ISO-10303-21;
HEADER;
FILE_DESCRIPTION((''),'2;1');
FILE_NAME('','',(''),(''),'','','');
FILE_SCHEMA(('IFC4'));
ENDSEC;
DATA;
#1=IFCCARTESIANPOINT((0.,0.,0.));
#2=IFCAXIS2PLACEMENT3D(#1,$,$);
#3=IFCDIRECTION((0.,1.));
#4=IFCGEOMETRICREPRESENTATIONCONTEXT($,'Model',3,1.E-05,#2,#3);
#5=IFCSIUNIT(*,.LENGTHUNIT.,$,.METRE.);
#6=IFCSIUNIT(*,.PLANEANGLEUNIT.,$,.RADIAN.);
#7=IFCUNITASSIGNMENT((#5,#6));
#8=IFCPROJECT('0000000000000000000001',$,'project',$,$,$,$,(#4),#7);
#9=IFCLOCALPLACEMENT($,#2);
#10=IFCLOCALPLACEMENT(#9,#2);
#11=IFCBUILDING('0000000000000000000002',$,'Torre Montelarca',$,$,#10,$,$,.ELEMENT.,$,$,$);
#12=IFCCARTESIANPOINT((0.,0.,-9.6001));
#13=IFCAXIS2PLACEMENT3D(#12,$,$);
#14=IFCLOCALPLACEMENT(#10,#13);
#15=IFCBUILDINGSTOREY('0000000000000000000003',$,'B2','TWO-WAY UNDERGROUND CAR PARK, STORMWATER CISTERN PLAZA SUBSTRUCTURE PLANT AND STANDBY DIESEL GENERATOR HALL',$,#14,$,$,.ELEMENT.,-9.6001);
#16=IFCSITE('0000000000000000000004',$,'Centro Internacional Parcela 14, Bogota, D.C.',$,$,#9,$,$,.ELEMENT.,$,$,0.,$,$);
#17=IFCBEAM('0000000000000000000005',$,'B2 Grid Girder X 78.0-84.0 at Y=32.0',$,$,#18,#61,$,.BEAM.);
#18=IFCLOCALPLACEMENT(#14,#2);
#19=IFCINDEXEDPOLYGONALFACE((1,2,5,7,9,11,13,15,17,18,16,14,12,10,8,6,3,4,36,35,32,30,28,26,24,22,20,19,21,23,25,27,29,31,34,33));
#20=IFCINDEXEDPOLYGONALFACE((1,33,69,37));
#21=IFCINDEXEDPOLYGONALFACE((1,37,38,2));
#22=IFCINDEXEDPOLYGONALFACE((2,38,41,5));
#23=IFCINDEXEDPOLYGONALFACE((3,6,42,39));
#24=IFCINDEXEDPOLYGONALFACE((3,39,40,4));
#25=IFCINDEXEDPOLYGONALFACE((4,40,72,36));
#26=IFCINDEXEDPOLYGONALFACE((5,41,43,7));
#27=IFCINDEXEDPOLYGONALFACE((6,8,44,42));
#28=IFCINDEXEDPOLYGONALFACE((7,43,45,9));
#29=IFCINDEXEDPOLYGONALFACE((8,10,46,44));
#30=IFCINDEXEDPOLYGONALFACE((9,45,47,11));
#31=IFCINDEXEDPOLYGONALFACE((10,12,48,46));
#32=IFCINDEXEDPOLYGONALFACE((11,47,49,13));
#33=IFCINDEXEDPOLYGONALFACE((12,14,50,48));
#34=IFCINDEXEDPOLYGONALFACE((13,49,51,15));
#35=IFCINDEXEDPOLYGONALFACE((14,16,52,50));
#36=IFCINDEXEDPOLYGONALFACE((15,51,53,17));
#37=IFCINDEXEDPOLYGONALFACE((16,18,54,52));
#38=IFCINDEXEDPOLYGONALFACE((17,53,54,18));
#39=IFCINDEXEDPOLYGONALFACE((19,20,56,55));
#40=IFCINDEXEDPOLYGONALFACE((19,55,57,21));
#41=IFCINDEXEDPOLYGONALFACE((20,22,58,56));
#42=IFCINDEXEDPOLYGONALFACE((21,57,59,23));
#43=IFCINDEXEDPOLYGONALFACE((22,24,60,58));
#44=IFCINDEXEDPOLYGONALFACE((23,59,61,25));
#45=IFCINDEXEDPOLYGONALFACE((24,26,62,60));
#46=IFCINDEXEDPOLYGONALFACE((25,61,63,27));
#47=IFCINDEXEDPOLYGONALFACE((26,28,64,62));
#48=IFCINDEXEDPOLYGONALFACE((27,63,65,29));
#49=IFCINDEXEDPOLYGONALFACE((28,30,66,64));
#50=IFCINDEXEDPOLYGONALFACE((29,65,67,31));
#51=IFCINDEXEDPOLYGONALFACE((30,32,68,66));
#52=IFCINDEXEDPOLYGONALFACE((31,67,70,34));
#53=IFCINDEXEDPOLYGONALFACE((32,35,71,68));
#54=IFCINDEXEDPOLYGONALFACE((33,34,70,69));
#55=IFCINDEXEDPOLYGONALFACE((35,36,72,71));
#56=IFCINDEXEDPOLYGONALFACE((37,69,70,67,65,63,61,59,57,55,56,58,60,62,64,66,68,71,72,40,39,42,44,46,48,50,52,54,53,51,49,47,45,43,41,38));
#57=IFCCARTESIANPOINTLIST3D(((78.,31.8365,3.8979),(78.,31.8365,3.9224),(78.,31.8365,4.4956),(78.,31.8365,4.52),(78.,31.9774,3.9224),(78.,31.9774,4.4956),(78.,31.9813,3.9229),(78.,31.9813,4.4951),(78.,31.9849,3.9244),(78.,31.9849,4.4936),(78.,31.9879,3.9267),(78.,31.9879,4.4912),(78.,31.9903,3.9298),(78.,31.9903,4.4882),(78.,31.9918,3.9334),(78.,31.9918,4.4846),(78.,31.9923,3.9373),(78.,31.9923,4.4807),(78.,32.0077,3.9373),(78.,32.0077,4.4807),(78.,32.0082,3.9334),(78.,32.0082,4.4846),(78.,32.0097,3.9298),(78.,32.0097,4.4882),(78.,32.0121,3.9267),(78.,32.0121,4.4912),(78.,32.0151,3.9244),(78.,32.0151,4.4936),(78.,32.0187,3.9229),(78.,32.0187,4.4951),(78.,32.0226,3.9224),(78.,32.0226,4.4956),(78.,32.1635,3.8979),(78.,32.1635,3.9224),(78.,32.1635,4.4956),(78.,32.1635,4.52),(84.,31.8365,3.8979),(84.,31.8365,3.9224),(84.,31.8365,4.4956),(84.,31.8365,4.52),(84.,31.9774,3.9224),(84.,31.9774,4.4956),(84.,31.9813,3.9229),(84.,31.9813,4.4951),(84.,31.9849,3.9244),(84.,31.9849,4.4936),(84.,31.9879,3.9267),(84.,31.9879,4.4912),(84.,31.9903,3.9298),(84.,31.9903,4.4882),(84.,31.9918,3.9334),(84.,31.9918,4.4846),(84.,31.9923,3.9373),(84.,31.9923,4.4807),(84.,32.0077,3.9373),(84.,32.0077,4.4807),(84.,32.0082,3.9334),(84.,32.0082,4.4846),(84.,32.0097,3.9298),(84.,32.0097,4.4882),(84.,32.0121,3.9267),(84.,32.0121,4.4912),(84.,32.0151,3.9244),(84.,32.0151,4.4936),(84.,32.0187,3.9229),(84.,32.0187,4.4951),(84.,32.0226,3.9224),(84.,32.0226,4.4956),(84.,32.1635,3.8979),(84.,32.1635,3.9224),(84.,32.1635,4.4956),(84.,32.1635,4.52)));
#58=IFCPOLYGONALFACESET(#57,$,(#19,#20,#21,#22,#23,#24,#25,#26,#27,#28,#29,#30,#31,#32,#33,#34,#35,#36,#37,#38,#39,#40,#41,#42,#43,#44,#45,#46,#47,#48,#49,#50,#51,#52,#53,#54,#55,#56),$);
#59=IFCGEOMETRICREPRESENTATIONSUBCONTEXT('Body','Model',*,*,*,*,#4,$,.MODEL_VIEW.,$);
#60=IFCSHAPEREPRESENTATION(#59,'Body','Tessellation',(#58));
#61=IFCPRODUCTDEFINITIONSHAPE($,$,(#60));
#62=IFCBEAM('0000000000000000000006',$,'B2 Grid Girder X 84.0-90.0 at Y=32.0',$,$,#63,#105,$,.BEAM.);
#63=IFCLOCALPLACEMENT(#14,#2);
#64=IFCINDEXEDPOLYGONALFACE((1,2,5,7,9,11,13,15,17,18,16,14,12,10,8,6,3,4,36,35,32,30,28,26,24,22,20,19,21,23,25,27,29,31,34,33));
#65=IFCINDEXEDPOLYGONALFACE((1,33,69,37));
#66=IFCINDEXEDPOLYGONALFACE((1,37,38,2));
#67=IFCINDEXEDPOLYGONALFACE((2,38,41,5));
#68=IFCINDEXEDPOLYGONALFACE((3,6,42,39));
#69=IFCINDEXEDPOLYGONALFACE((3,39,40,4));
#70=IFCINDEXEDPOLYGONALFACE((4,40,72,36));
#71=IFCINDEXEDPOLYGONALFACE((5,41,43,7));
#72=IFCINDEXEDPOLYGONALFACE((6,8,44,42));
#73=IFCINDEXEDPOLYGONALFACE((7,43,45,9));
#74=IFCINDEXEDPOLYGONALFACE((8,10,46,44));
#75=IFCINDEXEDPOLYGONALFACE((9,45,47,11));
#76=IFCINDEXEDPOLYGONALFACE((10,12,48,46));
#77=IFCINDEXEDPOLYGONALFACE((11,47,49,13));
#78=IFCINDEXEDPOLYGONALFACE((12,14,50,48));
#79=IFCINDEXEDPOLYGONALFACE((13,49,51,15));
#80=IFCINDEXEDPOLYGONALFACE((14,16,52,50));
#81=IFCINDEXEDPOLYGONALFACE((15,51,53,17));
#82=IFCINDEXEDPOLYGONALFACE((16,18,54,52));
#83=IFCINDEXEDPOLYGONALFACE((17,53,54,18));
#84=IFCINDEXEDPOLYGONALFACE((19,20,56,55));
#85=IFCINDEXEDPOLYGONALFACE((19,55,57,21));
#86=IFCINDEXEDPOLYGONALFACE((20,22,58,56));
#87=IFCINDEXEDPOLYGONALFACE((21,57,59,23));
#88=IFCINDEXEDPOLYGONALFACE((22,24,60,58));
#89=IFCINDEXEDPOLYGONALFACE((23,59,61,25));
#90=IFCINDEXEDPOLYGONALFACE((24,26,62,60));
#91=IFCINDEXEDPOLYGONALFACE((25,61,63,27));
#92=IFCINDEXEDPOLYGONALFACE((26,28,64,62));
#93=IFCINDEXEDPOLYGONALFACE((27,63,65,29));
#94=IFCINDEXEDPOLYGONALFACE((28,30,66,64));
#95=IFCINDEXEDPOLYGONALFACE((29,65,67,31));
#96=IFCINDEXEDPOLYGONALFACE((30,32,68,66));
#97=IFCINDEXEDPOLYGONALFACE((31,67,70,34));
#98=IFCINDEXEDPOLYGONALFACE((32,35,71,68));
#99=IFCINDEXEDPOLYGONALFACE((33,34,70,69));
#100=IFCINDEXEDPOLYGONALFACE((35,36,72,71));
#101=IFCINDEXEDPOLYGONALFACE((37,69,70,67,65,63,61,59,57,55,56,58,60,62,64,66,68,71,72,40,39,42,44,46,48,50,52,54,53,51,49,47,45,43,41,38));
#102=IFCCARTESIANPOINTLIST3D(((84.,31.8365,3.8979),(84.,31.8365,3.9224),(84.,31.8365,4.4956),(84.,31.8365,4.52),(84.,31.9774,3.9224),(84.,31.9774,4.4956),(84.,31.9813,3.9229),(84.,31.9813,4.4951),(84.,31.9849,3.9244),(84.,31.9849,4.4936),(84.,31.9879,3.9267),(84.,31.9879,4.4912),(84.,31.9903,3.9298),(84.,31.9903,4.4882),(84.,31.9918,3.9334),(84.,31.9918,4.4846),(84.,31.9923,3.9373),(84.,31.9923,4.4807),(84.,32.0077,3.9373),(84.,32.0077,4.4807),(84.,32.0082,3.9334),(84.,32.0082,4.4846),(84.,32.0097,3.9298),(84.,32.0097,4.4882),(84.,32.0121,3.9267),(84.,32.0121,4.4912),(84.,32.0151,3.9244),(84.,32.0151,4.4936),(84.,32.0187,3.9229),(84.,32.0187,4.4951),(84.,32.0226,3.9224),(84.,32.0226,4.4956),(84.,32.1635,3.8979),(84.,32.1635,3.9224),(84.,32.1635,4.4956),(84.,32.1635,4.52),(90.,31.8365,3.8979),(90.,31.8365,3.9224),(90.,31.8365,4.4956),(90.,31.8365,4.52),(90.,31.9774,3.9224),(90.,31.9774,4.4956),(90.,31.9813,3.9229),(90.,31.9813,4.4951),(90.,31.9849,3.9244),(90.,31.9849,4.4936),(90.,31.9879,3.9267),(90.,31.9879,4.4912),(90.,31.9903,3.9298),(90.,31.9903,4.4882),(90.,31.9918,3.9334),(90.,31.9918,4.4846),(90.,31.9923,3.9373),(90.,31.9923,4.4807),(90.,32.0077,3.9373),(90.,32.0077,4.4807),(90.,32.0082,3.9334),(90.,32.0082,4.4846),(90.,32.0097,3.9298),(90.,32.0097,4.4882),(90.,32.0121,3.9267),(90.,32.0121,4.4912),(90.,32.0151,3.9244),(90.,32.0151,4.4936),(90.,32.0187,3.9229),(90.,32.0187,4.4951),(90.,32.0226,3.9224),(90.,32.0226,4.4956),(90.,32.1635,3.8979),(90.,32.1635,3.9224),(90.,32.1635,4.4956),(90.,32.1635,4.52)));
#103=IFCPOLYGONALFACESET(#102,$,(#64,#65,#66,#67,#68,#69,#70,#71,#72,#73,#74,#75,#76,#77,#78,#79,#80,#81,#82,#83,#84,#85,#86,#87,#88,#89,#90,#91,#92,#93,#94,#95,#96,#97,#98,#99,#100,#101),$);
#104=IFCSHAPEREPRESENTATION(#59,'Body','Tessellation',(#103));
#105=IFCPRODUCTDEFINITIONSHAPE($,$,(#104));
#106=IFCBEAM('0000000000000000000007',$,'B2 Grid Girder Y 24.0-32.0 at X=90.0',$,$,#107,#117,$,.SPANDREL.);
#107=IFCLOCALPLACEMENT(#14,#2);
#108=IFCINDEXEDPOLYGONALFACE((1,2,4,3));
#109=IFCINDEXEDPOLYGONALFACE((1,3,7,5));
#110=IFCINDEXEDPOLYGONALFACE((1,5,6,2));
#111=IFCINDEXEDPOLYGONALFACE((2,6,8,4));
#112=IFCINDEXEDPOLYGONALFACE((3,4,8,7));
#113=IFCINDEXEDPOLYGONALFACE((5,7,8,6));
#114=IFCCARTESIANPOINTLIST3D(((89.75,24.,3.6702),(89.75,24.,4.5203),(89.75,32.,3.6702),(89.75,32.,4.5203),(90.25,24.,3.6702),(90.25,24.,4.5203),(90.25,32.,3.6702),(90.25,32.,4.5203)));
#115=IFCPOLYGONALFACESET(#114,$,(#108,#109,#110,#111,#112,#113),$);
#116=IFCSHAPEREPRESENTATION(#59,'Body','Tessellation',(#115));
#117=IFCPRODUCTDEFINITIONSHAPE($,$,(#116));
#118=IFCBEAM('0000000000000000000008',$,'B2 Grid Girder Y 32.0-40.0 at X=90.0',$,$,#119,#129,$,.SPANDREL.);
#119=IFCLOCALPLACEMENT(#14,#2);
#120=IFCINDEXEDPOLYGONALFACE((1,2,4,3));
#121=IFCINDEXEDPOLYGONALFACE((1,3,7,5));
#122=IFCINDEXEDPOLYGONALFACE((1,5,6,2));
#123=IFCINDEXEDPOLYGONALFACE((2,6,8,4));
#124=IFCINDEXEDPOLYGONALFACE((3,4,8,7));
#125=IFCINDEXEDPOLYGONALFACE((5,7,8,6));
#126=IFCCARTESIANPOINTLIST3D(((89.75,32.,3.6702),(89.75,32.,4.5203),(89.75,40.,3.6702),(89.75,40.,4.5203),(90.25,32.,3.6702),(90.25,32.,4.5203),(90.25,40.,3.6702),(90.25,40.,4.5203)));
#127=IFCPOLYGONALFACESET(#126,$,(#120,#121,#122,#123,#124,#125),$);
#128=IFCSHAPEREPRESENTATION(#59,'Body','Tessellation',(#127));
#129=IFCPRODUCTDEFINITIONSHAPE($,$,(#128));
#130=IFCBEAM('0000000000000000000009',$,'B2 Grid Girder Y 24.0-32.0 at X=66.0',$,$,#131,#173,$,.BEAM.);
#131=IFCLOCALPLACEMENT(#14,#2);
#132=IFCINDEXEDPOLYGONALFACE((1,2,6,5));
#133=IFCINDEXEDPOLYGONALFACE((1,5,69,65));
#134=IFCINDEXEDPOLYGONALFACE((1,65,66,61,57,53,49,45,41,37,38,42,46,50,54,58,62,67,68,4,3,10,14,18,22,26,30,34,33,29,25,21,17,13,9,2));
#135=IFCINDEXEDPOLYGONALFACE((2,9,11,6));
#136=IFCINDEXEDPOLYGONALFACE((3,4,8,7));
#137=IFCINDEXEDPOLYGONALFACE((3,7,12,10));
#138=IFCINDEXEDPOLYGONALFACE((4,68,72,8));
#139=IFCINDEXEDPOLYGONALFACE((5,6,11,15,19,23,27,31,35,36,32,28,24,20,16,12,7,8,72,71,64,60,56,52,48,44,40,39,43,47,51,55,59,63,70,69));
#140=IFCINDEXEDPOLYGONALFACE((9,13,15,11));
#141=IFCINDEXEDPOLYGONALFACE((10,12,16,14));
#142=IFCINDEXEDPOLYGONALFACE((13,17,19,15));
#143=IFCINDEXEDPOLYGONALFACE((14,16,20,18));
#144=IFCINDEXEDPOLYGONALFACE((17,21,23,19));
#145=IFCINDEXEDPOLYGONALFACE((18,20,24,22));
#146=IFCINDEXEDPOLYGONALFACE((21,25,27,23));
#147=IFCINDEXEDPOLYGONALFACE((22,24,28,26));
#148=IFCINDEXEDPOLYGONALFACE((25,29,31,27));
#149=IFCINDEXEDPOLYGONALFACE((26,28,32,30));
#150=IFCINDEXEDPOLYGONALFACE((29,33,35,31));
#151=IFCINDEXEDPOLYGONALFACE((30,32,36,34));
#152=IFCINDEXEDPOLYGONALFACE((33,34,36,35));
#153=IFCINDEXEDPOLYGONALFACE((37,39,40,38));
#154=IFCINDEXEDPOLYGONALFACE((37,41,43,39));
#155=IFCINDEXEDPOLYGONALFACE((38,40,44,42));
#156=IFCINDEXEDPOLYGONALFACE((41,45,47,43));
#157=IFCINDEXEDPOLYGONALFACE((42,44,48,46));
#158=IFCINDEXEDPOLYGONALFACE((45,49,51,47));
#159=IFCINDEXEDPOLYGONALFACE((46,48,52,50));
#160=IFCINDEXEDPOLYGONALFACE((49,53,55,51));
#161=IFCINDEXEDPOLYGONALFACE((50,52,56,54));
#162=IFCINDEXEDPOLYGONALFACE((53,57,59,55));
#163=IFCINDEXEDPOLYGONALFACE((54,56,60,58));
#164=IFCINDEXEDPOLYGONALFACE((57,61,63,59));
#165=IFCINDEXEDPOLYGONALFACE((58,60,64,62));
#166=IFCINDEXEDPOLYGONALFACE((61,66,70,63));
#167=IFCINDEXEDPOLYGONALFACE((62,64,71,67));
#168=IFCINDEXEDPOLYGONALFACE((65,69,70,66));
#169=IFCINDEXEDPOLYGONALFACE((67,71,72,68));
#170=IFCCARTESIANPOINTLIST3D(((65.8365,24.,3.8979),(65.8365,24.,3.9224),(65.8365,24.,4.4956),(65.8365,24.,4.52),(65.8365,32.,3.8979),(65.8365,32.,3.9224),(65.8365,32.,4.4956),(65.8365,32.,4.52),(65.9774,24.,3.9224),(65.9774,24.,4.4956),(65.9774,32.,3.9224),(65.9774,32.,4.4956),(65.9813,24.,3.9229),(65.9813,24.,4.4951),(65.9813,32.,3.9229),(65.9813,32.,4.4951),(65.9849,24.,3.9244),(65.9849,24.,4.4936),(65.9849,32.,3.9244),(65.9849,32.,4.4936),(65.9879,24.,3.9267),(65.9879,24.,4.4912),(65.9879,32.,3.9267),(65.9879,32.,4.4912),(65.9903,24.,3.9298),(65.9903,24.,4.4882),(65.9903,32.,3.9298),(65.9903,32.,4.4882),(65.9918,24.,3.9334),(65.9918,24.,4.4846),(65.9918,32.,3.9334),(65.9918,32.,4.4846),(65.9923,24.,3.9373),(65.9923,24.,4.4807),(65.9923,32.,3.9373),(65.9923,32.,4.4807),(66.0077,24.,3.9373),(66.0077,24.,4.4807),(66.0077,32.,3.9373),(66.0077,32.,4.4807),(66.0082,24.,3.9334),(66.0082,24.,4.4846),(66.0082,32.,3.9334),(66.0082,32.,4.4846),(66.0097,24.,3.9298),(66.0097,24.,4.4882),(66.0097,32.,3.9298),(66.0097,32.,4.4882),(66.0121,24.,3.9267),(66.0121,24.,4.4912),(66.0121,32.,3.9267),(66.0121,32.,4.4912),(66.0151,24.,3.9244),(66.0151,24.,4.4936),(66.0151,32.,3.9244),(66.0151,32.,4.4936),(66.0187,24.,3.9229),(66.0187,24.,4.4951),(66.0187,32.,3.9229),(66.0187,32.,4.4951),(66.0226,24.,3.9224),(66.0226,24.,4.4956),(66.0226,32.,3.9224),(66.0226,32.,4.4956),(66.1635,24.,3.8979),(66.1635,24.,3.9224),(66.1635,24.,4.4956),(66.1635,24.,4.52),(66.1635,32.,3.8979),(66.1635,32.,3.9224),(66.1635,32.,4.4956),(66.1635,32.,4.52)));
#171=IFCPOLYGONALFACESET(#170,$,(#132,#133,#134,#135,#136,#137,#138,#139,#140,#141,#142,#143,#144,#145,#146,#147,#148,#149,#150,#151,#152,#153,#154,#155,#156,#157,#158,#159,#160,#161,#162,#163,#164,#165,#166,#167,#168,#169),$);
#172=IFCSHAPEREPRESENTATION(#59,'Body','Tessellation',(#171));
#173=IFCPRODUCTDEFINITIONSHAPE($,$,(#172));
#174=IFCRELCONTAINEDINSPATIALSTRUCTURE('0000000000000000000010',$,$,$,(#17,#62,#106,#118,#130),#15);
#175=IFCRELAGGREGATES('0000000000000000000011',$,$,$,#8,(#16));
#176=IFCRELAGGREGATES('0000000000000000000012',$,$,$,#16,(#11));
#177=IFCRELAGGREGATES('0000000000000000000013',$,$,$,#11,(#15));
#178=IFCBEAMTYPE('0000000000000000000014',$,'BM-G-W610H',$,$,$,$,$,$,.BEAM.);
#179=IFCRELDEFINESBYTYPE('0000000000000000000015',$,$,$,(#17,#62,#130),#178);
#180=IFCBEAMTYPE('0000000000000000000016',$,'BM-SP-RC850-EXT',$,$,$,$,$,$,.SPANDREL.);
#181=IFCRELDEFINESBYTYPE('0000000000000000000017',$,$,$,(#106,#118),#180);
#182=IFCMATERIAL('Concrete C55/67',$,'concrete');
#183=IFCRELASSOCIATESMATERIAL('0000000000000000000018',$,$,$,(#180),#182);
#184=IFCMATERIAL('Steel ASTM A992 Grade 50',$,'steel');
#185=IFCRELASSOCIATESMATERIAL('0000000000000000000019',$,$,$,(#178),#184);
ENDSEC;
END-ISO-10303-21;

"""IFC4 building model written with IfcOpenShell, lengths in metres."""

from ifc_helpers import new_model, si_unit, direction, frame, origin, origin_2d, place, context, subcontext, project, spatial, rectangle, i_section, extrude, source, transform, mapped, material, material_profile, profile_set, type_object, element, save


model = new_model("IFC4")

# Units and contexts
model_context = context("Model", 3, precision=1e-05, world=origin(), true_north=direction((0.0, 1.0)))
body_context = subcontext(model_context, "Body", "Model", "MODEL_VIEW")
ifc_project = project(units=[si_unit("LENGTHUNIT", "METRE"), si_unit("PLANEANGLEUNIT", "RADIAN")], contexts=[model_context])

# Site, building, storey
site_placement = place(None, origin())
site = spatial("IfcSite", under=ifc_project, at=site_placement, Name="Centro Internacional Parcela 14, Bogota, D.C.", CompositionType="ELEMENT", RefElevation=0.0)
building_placement = place(site_placement, origin())
building = spatial("IfcBuilding", under=site, at=building_placement, Name="Torre Montelarca", CompositionType="ELEMENT")
storey_placement = place(building_placement, frame((0.0, 0.0, -9.6001)))
storey = spatial("IfcBuildingStorey", under=building, at=storey_placement, Name="B2", Description="TWO-WAY UNDERGROUND CAR PARK, STORMWATER CISTERN PLAZA SUBSTRUCTURE PLANT AND STANDBY DIESEL GENERATOR HALL", CompositionType="ELEMENT", Elevation=-9.6001)

# Beams
ifc_material_1 = material(Name="Concrete C55/67", Category="concrete")
ifc_material_profile_1 = material_profile(ifc_material_1, rectangle(XDim=0.5, YDim=0.8501, at=origin_2d()), Name="RCB500X850", Category="concrete")
ifc_profile_set_1 = profile_set([ifc_material_profile_1], Name="Concrete C55/67")
beam_type_1 = type_object("IfcBeamType", Name="BM-SP-RC850-EXT", PredefinedType="SPANDREL", material=ifc_profile_set_1)
ifc_material_2 = material(Name="Steel ASTM A992 Grade 50", Category="steel")
ifc_material_profile_2 = material_profile(ifc_material_2, i_section(OverallWidth=0.3269, OverallDepth=0.6221, WebThickness=0.0154, FlangeThickness=0.0244, FilletRadius=0.0149, at=origin_2d()), Name="W610X195", Category="steel")
ifc_profile_set_2 = profile_set([ifc_material_profile_2], Name="Steel ASTM A992 Grade 50")
beam_type_2 = type_object("IfcBeamType", Name="BM-G-W610H", PredefinedType="BEAM", material=ifc_profile_set_2)
shared_shape_1 = source(origin(), body_context, "Body", "SweptSolid", [
    extrude(i_section(OverallWidth=0.3269, OverallDepth=0.6221, WebThickness=0.0154, FlangeThickness=0.0244, FilletRadius=0.0149, at=origin_2d()), origin(), (0.0, 0.0, 1.0), 6.0),
])
for number, where, z_axis, x_axis, name in (
    (1, (78.0, 32.0, 4.209), (1.0, 0.0, 0.0), (0.0, 1.0, 0.0), "B2 Grid Girder X 78.0-84.0 at Y=32.0"),
    (2, (84.0, 32.0, 4.209), (1.0, 0.0, 0.0), (0.0, 1.0, 0.0), "B2 Grid Girder X 84.0-90.0 at Y=32.0"),
):
    element("IfcBeam", number, at=place(storey_placement, frame(where, z_axis=z_axis, x_axis=x_axis)), inside=storey, type_object=beam_type_2, Name=name, PredefinedType="BEAM", context=body_context, shape_type="MappedRepresentation", body=[
        mapped(shared_shape_1, transform((0.0, 0.0, 0.0), scale=1.0)),
    ])
shared_shape_2 = source(origin(), body_context, "Body", "SweptSolid", [
    extrude(rectangle(XDim=0.5, YDim=0.8501, at=origin_2d()), origin(), (0.0, 0.0, 1.0), 8.0),
])
for number, where, z_axis, x_axis, name in (
    (3, (90.0, 24.0, 4.0952), (0.0, 1.0, 0.0), (-1.0, 0.0, 0.0), "B2 Grid Girder Y 24.0-32.0 at X=90.0"),
    (4, (90.0, 32.0, 4.0952), (0.0, 1.0, 0.0), (-1.0, 0.0, 0.0), "B2 Grid Girder Y 32.0-40.0 at X=90.0"),
):
    element("IfcBeam", number, at=place(storey_placement, frame(where, z_axis=z_axis, x_axis=x_axis)), inside=storey, type_object=beam_type_1, Name=name, PredefinedType="SPANDREL", context=body_context, shape_type="MappedRepresentation", body=[
        mapped(shared_shape_2, transform((0.0, 0.0, 0.0), scale=1.0)),
    ])
shared_shape_3 = source(origin(), body_context, "Body", "SweptSolid", [
    extrude(i_section(OverallWidth=0.3269, OverallDepth=0.6221, WebThickness=0.0154, FlangeThickness=0.0244, FilletRadius=0.0149, at=origin_2d()), origin(), (0.0, 0.0, 1.0), 8.0),
])
for number, where, z_axis, x_axis, name in (
    (5, (66.0, 24.0, 4.209), (0.0, 1.0, 0.0), (-1.0, 0.0, 0.0), "B2 Grid Girder Y 24.0-32.0 at X=66.0"),
):
    element("IfcBeam", number, at=place(storey_placement, frame(where, z_axis=z_axis, x_axis=x_axis)), inside=storey, type_object=beam_type_2, Name=name, PredefinedType="BEAM", context=body_context, shape_type="MappedRepresentation", body=[
        mapped(shared_shape_3, transform((0.0, 0.0, 0.0), scale=1.0)),
    ])

save(model, "model.ifc")
